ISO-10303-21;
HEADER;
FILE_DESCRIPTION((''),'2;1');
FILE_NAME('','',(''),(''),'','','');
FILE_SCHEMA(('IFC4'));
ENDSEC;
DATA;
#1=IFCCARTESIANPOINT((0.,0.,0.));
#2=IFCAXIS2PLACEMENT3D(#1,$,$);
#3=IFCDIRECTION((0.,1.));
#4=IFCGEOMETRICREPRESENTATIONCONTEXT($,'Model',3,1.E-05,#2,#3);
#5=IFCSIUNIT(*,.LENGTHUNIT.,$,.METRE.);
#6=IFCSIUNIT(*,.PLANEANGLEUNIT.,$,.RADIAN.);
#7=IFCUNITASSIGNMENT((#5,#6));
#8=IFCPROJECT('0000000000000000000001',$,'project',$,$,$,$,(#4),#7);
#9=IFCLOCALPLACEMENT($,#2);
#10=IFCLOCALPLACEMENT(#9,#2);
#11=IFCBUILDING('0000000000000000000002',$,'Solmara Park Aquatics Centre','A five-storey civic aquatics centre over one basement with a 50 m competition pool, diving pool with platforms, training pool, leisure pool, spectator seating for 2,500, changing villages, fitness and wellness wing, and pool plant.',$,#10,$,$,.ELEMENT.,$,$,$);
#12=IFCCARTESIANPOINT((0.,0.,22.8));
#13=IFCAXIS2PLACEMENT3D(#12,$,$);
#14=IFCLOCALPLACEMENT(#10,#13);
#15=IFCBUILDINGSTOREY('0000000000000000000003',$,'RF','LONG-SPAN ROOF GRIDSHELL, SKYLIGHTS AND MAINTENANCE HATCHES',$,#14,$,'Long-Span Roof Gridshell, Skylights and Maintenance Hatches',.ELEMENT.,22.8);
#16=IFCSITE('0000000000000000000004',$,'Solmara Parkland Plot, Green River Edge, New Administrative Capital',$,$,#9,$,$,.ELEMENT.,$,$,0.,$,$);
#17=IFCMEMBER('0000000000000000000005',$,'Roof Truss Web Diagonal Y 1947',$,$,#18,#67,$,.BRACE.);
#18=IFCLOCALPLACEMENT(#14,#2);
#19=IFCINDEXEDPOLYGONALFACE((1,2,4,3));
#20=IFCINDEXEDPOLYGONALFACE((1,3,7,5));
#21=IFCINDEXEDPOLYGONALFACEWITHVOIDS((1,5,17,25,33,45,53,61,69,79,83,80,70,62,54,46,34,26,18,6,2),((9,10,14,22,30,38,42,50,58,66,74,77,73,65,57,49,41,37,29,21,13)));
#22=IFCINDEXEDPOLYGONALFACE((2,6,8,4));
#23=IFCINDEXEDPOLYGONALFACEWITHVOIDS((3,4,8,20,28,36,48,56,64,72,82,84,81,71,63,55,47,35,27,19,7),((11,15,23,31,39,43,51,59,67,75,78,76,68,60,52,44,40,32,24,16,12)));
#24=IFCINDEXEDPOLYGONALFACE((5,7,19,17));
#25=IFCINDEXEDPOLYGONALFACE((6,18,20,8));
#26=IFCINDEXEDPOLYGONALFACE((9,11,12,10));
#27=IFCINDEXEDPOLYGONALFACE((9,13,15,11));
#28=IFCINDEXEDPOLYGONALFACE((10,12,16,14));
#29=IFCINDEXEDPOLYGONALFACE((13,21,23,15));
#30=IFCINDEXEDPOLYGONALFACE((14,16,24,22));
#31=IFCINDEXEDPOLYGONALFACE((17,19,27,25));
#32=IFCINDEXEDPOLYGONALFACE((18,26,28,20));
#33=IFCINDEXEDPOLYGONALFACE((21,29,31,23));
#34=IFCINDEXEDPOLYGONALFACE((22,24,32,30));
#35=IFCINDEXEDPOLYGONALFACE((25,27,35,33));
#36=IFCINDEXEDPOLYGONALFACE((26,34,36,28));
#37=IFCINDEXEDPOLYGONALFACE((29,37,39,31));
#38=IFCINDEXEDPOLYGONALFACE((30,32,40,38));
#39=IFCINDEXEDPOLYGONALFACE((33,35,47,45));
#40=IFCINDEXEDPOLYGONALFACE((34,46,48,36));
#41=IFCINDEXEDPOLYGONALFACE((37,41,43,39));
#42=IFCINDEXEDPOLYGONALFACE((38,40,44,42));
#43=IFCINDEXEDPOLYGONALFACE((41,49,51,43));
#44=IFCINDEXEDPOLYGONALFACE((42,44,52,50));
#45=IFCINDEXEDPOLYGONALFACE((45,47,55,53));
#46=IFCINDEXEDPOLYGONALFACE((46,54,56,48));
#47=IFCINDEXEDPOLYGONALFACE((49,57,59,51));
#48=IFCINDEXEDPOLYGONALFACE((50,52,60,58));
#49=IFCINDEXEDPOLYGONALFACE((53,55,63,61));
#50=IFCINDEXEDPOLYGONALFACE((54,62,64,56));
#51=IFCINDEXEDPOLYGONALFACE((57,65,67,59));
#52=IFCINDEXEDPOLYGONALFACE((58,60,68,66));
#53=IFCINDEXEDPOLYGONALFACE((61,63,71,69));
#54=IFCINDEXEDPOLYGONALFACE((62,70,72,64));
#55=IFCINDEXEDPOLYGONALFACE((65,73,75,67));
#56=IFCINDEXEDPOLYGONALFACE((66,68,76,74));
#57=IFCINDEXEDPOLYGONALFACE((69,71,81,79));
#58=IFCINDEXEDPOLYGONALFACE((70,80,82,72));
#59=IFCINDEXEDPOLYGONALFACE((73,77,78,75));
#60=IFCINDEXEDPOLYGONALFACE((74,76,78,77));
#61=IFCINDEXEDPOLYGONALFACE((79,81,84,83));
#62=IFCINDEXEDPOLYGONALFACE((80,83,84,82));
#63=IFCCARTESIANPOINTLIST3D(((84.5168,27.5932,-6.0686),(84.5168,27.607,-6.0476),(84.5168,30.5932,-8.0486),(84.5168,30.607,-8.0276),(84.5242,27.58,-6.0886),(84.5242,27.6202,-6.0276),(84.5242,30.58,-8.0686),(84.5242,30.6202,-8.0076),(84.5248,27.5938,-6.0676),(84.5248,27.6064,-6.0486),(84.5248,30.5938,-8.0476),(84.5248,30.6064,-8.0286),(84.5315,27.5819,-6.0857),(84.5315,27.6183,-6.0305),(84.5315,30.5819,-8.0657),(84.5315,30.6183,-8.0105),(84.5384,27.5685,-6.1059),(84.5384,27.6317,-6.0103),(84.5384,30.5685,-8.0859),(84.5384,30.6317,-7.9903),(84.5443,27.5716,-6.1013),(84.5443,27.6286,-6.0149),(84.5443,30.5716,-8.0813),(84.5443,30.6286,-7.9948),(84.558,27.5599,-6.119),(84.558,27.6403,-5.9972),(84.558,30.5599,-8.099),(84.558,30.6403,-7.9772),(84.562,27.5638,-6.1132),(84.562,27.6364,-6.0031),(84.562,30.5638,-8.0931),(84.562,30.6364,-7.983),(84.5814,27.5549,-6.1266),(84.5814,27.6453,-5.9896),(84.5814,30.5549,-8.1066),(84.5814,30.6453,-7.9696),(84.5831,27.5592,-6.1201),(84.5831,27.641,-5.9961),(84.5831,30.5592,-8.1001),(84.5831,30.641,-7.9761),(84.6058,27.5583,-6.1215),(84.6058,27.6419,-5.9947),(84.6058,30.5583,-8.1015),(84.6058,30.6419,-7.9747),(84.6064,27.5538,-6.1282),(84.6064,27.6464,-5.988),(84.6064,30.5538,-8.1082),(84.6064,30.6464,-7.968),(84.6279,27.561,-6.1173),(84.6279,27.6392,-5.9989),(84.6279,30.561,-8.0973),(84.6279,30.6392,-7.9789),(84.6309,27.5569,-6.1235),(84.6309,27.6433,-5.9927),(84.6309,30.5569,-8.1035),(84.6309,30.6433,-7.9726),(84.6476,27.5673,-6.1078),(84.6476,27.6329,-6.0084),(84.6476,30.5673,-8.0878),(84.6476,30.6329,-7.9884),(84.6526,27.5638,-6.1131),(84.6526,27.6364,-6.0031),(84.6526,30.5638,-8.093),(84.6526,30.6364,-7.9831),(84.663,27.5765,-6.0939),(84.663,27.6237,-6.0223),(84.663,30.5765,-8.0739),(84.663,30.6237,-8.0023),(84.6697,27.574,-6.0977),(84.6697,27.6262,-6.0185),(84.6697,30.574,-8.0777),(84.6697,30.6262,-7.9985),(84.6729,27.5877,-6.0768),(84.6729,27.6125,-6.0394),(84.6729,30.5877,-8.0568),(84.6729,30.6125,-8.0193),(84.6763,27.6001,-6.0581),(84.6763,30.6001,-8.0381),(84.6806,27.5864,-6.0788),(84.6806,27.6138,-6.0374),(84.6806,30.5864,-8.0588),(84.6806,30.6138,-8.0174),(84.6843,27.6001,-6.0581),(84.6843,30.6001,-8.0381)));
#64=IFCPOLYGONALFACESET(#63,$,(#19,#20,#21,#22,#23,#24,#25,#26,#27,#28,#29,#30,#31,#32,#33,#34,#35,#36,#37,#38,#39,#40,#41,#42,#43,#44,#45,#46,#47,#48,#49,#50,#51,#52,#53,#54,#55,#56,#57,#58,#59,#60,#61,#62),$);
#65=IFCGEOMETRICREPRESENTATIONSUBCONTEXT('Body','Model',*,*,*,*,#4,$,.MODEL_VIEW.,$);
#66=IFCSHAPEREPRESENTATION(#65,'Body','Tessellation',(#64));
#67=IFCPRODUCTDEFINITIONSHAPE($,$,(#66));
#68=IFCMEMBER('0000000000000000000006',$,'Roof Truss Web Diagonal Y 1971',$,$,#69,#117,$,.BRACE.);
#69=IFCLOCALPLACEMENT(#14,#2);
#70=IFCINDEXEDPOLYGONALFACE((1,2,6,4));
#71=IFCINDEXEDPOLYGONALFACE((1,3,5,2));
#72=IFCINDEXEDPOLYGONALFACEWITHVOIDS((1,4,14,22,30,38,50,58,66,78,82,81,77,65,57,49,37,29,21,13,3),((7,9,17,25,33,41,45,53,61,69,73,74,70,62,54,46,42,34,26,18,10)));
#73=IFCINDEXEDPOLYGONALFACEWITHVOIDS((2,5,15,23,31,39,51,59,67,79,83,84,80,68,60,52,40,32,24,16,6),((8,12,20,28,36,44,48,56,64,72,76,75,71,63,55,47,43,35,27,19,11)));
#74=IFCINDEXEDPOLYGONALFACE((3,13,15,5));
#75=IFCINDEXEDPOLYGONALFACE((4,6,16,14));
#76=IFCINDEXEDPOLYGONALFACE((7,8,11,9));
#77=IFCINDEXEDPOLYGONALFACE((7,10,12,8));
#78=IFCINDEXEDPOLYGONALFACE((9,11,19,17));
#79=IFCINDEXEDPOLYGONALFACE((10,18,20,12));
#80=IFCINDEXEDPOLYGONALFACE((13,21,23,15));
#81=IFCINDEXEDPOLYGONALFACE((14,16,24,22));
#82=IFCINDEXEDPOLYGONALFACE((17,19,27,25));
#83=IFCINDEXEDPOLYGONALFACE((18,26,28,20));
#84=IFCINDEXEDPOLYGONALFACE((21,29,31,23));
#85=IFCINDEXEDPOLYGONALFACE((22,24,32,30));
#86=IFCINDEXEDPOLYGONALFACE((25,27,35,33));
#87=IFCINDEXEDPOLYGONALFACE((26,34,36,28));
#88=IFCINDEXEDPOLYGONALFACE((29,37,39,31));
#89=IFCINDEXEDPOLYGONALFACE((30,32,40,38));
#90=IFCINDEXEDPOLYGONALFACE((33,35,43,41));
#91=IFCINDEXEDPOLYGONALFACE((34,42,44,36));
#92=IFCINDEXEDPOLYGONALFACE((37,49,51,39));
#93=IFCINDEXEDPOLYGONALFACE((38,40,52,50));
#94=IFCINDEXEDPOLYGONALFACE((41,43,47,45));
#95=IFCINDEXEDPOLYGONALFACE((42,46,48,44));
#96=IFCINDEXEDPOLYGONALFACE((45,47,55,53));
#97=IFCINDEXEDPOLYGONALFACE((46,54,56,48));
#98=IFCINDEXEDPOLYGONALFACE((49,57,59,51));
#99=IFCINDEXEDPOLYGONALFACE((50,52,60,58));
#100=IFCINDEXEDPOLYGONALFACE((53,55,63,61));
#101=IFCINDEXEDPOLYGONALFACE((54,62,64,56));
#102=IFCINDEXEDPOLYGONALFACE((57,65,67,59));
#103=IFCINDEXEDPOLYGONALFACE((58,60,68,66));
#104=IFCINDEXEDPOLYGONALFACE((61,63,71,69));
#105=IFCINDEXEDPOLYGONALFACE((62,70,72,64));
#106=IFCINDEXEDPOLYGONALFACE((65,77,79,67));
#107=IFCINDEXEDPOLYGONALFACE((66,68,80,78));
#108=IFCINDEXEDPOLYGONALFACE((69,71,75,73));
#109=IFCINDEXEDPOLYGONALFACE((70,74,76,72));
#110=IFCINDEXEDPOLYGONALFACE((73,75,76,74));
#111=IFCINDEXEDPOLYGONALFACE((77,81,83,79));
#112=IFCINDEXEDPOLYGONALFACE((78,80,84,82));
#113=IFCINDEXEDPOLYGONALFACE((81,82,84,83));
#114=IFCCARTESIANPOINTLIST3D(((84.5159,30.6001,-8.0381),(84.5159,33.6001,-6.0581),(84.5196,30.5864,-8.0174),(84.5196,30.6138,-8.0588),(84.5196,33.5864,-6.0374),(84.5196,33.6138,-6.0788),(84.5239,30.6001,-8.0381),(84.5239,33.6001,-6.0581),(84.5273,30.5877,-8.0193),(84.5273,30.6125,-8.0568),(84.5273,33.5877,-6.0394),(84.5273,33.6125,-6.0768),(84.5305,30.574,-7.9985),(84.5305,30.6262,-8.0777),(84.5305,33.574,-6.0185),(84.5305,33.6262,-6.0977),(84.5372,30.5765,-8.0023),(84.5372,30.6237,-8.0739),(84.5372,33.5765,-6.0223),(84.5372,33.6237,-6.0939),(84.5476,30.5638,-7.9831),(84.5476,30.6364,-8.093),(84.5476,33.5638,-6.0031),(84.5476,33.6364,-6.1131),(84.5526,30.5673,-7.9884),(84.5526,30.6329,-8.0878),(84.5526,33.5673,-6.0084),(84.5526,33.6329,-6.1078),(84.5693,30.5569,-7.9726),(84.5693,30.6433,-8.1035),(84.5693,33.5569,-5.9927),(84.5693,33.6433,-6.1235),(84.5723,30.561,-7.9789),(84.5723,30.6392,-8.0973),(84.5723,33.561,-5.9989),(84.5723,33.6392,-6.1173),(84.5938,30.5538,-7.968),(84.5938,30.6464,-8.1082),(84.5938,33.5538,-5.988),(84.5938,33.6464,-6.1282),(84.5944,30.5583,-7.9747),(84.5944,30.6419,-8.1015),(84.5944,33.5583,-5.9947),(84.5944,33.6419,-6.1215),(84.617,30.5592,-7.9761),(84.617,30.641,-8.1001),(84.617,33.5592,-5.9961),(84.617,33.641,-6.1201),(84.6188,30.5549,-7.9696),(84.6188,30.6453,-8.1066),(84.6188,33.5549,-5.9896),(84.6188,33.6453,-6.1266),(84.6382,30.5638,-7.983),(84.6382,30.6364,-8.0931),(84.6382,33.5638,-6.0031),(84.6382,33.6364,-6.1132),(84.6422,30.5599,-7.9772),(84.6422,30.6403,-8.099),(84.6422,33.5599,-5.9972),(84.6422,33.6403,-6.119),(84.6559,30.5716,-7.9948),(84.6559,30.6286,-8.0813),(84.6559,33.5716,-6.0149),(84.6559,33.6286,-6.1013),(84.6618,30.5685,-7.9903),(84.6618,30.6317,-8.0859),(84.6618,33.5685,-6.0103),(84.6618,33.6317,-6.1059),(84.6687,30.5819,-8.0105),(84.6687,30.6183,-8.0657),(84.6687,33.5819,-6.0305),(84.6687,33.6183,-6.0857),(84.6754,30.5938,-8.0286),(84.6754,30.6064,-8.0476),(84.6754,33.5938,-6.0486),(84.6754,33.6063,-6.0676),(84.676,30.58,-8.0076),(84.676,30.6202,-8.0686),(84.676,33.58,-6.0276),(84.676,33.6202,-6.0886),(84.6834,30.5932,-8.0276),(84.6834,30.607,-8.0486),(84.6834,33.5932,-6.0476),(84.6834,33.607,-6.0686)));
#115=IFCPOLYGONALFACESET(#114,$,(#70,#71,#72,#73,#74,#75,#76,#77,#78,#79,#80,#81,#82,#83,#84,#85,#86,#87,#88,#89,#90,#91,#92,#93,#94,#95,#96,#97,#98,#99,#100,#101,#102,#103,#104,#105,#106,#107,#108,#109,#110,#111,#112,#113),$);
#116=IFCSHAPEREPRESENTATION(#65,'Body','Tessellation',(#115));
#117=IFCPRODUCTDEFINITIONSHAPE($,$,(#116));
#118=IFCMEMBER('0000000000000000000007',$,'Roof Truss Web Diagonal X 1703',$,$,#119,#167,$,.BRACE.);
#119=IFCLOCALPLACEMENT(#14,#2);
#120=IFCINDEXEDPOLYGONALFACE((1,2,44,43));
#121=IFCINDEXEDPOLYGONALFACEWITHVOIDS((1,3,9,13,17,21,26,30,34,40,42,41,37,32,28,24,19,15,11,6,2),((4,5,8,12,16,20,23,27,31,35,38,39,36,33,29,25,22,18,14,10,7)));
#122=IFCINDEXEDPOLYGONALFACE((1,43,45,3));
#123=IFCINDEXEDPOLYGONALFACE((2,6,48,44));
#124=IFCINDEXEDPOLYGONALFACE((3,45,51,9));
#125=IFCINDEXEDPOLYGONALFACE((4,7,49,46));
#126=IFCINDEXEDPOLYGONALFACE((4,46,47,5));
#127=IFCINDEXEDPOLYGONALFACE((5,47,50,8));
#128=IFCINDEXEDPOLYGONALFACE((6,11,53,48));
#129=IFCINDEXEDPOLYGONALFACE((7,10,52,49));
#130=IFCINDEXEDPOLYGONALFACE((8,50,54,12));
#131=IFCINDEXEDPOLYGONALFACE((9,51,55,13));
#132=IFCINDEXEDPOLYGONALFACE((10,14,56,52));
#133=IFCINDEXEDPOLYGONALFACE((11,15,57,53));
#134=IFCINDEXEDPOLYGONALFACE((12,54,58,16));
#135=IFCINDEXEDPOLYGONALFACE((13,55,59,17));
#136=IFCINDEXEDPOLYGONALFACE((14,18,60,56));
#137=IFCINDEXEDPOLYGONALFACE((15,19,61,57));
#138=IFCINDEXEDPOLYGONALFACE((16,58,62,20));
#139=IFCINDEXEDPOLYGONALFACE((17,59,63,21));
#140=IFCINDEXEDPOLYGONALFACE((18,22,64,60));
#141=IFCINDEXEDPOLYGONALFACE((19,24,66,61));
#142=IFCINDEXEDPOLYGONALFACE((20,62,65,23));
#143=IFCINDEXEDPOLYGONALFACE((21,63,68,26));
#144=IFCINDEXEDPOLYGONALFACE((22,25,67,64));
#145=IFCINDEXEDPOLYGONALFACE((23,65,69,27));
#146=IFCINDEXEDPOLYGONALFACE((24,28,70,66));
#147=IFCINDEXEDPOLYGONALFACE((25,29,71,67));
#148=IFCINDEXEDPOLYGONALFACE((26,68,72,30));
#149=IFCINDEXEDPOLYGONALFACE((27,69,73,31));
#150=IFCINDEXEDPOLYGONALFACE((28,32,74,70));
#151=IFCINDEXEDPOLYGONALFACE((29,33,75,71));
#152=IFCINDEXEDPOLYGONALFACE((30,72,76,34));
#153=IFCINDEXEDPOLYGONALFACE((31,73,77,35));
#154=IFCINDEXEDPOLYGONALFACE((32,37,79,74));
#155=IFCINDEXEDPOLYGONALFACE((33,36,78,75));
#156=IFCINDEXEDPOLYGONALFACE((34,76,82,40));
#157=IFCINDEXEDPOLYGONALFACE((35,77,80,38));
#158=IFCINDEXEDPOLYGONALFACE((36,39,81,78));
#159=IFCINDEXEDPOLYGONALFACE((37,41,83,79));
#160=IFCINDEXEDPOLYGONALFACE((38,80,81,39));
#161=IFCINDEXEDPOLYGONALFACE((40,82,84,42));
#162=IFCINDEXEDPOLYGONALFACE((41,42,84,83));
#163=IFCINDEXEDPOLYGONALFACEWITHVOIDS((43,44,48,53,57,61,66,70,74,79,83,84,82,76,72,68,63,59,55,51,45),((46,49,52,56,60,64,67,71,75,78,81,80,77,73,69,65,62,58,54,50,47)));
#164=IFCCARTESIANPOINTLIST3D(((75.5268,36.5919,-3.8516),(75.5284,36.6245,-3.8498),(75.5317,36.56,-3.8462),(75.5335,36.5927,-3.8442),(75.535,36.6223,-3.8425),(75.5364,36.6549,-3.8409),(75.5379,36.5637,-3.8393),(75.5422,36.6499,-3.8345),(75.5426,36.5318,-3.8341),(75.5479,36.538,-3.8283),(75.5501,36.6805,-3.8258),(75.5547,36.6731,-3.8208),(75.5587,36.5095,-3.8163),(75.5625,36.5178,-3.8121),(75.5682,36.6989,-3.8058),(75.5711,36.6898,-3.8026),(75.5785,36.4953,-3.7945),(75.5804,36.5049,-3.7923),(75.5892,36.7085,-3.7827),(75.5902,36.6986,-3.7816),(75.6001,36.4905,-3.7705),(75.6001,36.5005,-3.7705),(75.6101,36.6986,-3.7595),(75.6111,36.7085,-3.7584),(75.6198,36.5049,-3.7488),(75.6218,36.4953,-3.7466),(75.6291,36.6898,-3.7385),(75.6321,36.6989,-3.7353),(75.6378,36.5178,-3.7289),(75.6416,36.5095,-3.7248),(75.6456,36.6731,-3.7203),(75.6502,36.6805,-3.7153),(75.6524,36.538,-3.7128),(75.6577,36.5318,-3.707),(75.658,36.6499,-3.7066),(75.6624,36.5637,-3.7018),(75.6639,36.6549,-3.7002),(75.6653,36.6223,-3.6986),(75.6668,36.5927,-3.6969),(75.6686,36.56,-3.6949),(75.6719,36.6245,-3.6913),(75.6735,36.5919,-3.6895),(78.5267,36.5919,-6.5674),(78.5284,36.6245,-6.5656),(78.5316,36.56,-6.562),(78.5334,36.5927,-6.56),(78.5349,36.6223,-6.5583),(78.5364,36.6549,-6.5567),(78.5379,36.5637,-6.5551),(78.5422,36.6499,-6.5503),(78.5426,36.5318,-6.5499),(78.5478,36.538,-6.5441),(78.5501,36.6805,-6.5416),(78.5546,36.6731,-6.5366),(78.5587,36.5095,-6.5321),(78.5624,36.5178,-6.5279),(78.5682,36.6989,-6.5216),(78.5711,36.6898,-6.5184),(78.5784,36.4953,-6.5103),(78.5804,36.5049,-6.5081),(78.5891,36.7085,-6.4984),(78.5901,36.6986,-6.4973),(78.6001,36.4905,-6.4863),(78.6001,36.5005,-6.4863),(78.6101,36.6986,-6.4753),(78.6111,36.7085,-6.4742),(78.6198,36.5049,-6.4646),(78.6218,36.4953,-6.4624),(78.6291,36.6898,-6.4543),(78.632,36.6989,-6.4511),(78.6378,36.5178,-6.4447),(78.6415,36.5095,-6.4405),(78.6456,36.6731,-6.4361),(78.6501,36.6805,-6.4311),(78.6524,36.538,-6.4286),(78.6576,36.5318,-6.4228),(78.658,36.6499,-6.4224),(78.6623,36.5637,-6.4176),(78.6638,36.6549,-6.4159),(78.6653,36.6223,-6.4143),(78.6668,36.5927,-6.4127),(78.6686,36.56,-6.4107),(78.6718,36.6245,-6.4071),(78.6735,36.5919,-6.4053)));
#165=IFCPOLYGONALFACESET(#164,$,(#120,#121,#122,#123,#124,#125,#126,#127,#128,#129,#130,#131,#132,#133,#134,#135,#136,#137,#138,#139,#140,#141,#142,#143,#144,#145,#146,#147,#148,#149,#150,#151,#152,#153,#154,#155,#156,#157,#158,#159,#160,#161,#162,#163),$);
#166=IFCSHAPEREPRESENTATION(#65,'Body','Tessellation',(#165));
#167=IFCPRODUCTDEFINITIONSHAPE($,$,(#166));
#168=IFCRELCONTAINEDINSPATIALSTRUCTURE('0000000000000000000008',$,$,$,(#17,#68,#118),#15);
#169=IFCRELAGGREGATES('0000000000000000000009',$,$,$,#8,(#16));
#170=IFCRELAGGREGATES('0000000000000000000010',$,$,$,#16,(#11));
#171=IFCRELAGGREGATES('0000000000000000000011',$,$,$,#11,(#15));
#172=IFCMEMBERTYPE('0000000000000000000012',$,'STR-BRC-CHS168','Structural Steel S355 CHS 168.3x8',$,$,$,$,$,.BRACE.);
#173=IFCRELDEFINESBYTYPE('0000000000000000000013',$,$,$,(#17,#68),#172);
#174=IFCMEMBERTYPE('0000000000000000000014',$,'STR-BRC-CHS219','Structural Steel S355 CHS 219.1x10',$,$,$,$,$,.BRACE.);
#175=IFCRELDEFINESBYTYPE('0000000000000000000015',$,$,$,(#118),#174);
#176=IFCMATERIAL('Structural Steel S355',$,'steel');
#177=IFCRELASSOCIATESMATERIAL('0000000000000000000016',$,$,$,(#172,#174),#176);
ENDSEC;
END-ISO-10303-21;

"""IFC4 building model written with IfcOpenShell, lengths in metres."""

from ifc_helpers import new_model, si_unit, direction, frame, origin, origin_2d, place, context, subcontext, project, spatial, hollow_circle, extrude, material, material_profile, profile_set, type_object, element, save


model = new_model("IFC4")

# Units and contexts
model_context = context("Model", 3, precision=1e-05, world=origin(), true_north=direction((0.0, 1.0)))
body_context = subcontext(model_context, "Body", "Model", "MODEL_VIEW")
ifc_project = project(units=[si_unit("LENGTHUNIT", "METRE"), si_unit("PLANEANGLEUNIT", "RADIAN")], contexts=[model_context])

# Site, building, storey
site_placement = place(None, origin())
site = spatial("IfcSite", under=ifc_project, at=site_placement, Name="Solmara Parkland Plot, Green River Edge, New Administrative Capital", CompositionType="ELEMENT", RefElevation=0.0)
building_placement = place(site_placement, origin())
building = spatial("IfcBuilding", under=site, at=building_placement, Name="Solmara Park Aquatics Centre", Description="A five-storey civic aquatics centre over one basement with a 50 m competition pool, diving pool with platforms, training pool, leisure pool, spectator seating for 2,500, changing villages, fitness and wellness wing, and pool plant.", CompositionType="ELEMENT")
storey_placement = place(building_placement, frame((0.0, 0.0, 22.8)))
storey = spatial("IfcBuildingStorey", under=building, at=storey_placement, Name="RF", Description="LONG-SPAN ROOF GRIDSHELL, SKYLIGHTS AND MAINTENANCE HATCHES", LongName="Long-Span Roof Gridshell, Skylights and Maintenance Hatches", CompositionType="ELEMENT", Elevation=22.8)

# Members
ifc_material_1 = material(Name="Structural Steel S355", Category="steel")
ifc_material_profile_1 = material_profile(ifc_material_1, hollow_circle(Radius=0.0842, WallThickness=0.0081, at=origin_2d()), Name="CHS 168.3x8")
ifc_profile_set_1 = profile_set([ifc_material_profile_1], Name="Structural Steel S355")
member_type_1 = type_object("IfcMemberType", Name="STR-BRC-CHS168", Description="Structural Steel S355 CHS 168.3x8", PredefinedType="BRACE", material=ifc_profile_set_1)
for number, where, z_axis, x_axis, name in (
    (1, (84.6001, 30.6001, -8.0381), (0.0, -0.834612, 0.550838), (1.0, 0.0, 0.0), "Roof Truss Web Diagonal Y 1947"),
    (2, (84.6001, 30.6001, -8.0381), (0.0, 0.834612, 0.550838), (-1.0, 0.0, 0.0), "Roof Truss Web Diagonal Y 1971"),
):
    element("IfcMember", number, at=place(storey_placement, frame(where, z_axis=z_axis, x_axis=x_axis)), inside=storey, type_object=member_type_1, Name=name, PredefinedType="BRACE", context=body_context, shape_type="SweptSolid", body=[
        extrude(hollow_circle(Radius=0.0842, WallThickness=0.0081, at=origin_2d()), origin(), (0.0, 0.0, 1.0), 3.5945),
    ])
ifc_material_profile_2 = material_profile(ifc_material_1, hollow_circle(Radius=0.1096, WallThickness=0.01, at=origin_2d()), Name="CHS 219.1x10")
ifc_profile_set_2 = profile_set([ifc_material_profile_2], Name="Structural Steel S355")
member_type_2 = type_object("IfcMemberType", Name="STR-BRC-CHS219", Description="Structural Steel S355 CHS 219.1x10", PredefinedType="BRACE", material=ifc_profile_set_2)
member_1_placement = place(storey_placement, frame((78.6001, 36.6001, -6.4863), z_axis=(-0.741347, 0.0, 0.671122), x_axis=(0.0, -1.0, 0.0)))
element("IfcMember", 3, at=member_1_placement, inside=storey, type_object=member_type_2, Name="Roof Truss Web Diagonal X 1703", PredefinedType="BRACE", context=body_context, shape_type="SweptSolid", body=[
    extrude(hollow_circle(Radius=0.1096, WallThickness=0.01, at=origin_2d()), origin(), (0.0, 0.0, 1.0), 4.0466),
])

save(model, "model.ifc")
